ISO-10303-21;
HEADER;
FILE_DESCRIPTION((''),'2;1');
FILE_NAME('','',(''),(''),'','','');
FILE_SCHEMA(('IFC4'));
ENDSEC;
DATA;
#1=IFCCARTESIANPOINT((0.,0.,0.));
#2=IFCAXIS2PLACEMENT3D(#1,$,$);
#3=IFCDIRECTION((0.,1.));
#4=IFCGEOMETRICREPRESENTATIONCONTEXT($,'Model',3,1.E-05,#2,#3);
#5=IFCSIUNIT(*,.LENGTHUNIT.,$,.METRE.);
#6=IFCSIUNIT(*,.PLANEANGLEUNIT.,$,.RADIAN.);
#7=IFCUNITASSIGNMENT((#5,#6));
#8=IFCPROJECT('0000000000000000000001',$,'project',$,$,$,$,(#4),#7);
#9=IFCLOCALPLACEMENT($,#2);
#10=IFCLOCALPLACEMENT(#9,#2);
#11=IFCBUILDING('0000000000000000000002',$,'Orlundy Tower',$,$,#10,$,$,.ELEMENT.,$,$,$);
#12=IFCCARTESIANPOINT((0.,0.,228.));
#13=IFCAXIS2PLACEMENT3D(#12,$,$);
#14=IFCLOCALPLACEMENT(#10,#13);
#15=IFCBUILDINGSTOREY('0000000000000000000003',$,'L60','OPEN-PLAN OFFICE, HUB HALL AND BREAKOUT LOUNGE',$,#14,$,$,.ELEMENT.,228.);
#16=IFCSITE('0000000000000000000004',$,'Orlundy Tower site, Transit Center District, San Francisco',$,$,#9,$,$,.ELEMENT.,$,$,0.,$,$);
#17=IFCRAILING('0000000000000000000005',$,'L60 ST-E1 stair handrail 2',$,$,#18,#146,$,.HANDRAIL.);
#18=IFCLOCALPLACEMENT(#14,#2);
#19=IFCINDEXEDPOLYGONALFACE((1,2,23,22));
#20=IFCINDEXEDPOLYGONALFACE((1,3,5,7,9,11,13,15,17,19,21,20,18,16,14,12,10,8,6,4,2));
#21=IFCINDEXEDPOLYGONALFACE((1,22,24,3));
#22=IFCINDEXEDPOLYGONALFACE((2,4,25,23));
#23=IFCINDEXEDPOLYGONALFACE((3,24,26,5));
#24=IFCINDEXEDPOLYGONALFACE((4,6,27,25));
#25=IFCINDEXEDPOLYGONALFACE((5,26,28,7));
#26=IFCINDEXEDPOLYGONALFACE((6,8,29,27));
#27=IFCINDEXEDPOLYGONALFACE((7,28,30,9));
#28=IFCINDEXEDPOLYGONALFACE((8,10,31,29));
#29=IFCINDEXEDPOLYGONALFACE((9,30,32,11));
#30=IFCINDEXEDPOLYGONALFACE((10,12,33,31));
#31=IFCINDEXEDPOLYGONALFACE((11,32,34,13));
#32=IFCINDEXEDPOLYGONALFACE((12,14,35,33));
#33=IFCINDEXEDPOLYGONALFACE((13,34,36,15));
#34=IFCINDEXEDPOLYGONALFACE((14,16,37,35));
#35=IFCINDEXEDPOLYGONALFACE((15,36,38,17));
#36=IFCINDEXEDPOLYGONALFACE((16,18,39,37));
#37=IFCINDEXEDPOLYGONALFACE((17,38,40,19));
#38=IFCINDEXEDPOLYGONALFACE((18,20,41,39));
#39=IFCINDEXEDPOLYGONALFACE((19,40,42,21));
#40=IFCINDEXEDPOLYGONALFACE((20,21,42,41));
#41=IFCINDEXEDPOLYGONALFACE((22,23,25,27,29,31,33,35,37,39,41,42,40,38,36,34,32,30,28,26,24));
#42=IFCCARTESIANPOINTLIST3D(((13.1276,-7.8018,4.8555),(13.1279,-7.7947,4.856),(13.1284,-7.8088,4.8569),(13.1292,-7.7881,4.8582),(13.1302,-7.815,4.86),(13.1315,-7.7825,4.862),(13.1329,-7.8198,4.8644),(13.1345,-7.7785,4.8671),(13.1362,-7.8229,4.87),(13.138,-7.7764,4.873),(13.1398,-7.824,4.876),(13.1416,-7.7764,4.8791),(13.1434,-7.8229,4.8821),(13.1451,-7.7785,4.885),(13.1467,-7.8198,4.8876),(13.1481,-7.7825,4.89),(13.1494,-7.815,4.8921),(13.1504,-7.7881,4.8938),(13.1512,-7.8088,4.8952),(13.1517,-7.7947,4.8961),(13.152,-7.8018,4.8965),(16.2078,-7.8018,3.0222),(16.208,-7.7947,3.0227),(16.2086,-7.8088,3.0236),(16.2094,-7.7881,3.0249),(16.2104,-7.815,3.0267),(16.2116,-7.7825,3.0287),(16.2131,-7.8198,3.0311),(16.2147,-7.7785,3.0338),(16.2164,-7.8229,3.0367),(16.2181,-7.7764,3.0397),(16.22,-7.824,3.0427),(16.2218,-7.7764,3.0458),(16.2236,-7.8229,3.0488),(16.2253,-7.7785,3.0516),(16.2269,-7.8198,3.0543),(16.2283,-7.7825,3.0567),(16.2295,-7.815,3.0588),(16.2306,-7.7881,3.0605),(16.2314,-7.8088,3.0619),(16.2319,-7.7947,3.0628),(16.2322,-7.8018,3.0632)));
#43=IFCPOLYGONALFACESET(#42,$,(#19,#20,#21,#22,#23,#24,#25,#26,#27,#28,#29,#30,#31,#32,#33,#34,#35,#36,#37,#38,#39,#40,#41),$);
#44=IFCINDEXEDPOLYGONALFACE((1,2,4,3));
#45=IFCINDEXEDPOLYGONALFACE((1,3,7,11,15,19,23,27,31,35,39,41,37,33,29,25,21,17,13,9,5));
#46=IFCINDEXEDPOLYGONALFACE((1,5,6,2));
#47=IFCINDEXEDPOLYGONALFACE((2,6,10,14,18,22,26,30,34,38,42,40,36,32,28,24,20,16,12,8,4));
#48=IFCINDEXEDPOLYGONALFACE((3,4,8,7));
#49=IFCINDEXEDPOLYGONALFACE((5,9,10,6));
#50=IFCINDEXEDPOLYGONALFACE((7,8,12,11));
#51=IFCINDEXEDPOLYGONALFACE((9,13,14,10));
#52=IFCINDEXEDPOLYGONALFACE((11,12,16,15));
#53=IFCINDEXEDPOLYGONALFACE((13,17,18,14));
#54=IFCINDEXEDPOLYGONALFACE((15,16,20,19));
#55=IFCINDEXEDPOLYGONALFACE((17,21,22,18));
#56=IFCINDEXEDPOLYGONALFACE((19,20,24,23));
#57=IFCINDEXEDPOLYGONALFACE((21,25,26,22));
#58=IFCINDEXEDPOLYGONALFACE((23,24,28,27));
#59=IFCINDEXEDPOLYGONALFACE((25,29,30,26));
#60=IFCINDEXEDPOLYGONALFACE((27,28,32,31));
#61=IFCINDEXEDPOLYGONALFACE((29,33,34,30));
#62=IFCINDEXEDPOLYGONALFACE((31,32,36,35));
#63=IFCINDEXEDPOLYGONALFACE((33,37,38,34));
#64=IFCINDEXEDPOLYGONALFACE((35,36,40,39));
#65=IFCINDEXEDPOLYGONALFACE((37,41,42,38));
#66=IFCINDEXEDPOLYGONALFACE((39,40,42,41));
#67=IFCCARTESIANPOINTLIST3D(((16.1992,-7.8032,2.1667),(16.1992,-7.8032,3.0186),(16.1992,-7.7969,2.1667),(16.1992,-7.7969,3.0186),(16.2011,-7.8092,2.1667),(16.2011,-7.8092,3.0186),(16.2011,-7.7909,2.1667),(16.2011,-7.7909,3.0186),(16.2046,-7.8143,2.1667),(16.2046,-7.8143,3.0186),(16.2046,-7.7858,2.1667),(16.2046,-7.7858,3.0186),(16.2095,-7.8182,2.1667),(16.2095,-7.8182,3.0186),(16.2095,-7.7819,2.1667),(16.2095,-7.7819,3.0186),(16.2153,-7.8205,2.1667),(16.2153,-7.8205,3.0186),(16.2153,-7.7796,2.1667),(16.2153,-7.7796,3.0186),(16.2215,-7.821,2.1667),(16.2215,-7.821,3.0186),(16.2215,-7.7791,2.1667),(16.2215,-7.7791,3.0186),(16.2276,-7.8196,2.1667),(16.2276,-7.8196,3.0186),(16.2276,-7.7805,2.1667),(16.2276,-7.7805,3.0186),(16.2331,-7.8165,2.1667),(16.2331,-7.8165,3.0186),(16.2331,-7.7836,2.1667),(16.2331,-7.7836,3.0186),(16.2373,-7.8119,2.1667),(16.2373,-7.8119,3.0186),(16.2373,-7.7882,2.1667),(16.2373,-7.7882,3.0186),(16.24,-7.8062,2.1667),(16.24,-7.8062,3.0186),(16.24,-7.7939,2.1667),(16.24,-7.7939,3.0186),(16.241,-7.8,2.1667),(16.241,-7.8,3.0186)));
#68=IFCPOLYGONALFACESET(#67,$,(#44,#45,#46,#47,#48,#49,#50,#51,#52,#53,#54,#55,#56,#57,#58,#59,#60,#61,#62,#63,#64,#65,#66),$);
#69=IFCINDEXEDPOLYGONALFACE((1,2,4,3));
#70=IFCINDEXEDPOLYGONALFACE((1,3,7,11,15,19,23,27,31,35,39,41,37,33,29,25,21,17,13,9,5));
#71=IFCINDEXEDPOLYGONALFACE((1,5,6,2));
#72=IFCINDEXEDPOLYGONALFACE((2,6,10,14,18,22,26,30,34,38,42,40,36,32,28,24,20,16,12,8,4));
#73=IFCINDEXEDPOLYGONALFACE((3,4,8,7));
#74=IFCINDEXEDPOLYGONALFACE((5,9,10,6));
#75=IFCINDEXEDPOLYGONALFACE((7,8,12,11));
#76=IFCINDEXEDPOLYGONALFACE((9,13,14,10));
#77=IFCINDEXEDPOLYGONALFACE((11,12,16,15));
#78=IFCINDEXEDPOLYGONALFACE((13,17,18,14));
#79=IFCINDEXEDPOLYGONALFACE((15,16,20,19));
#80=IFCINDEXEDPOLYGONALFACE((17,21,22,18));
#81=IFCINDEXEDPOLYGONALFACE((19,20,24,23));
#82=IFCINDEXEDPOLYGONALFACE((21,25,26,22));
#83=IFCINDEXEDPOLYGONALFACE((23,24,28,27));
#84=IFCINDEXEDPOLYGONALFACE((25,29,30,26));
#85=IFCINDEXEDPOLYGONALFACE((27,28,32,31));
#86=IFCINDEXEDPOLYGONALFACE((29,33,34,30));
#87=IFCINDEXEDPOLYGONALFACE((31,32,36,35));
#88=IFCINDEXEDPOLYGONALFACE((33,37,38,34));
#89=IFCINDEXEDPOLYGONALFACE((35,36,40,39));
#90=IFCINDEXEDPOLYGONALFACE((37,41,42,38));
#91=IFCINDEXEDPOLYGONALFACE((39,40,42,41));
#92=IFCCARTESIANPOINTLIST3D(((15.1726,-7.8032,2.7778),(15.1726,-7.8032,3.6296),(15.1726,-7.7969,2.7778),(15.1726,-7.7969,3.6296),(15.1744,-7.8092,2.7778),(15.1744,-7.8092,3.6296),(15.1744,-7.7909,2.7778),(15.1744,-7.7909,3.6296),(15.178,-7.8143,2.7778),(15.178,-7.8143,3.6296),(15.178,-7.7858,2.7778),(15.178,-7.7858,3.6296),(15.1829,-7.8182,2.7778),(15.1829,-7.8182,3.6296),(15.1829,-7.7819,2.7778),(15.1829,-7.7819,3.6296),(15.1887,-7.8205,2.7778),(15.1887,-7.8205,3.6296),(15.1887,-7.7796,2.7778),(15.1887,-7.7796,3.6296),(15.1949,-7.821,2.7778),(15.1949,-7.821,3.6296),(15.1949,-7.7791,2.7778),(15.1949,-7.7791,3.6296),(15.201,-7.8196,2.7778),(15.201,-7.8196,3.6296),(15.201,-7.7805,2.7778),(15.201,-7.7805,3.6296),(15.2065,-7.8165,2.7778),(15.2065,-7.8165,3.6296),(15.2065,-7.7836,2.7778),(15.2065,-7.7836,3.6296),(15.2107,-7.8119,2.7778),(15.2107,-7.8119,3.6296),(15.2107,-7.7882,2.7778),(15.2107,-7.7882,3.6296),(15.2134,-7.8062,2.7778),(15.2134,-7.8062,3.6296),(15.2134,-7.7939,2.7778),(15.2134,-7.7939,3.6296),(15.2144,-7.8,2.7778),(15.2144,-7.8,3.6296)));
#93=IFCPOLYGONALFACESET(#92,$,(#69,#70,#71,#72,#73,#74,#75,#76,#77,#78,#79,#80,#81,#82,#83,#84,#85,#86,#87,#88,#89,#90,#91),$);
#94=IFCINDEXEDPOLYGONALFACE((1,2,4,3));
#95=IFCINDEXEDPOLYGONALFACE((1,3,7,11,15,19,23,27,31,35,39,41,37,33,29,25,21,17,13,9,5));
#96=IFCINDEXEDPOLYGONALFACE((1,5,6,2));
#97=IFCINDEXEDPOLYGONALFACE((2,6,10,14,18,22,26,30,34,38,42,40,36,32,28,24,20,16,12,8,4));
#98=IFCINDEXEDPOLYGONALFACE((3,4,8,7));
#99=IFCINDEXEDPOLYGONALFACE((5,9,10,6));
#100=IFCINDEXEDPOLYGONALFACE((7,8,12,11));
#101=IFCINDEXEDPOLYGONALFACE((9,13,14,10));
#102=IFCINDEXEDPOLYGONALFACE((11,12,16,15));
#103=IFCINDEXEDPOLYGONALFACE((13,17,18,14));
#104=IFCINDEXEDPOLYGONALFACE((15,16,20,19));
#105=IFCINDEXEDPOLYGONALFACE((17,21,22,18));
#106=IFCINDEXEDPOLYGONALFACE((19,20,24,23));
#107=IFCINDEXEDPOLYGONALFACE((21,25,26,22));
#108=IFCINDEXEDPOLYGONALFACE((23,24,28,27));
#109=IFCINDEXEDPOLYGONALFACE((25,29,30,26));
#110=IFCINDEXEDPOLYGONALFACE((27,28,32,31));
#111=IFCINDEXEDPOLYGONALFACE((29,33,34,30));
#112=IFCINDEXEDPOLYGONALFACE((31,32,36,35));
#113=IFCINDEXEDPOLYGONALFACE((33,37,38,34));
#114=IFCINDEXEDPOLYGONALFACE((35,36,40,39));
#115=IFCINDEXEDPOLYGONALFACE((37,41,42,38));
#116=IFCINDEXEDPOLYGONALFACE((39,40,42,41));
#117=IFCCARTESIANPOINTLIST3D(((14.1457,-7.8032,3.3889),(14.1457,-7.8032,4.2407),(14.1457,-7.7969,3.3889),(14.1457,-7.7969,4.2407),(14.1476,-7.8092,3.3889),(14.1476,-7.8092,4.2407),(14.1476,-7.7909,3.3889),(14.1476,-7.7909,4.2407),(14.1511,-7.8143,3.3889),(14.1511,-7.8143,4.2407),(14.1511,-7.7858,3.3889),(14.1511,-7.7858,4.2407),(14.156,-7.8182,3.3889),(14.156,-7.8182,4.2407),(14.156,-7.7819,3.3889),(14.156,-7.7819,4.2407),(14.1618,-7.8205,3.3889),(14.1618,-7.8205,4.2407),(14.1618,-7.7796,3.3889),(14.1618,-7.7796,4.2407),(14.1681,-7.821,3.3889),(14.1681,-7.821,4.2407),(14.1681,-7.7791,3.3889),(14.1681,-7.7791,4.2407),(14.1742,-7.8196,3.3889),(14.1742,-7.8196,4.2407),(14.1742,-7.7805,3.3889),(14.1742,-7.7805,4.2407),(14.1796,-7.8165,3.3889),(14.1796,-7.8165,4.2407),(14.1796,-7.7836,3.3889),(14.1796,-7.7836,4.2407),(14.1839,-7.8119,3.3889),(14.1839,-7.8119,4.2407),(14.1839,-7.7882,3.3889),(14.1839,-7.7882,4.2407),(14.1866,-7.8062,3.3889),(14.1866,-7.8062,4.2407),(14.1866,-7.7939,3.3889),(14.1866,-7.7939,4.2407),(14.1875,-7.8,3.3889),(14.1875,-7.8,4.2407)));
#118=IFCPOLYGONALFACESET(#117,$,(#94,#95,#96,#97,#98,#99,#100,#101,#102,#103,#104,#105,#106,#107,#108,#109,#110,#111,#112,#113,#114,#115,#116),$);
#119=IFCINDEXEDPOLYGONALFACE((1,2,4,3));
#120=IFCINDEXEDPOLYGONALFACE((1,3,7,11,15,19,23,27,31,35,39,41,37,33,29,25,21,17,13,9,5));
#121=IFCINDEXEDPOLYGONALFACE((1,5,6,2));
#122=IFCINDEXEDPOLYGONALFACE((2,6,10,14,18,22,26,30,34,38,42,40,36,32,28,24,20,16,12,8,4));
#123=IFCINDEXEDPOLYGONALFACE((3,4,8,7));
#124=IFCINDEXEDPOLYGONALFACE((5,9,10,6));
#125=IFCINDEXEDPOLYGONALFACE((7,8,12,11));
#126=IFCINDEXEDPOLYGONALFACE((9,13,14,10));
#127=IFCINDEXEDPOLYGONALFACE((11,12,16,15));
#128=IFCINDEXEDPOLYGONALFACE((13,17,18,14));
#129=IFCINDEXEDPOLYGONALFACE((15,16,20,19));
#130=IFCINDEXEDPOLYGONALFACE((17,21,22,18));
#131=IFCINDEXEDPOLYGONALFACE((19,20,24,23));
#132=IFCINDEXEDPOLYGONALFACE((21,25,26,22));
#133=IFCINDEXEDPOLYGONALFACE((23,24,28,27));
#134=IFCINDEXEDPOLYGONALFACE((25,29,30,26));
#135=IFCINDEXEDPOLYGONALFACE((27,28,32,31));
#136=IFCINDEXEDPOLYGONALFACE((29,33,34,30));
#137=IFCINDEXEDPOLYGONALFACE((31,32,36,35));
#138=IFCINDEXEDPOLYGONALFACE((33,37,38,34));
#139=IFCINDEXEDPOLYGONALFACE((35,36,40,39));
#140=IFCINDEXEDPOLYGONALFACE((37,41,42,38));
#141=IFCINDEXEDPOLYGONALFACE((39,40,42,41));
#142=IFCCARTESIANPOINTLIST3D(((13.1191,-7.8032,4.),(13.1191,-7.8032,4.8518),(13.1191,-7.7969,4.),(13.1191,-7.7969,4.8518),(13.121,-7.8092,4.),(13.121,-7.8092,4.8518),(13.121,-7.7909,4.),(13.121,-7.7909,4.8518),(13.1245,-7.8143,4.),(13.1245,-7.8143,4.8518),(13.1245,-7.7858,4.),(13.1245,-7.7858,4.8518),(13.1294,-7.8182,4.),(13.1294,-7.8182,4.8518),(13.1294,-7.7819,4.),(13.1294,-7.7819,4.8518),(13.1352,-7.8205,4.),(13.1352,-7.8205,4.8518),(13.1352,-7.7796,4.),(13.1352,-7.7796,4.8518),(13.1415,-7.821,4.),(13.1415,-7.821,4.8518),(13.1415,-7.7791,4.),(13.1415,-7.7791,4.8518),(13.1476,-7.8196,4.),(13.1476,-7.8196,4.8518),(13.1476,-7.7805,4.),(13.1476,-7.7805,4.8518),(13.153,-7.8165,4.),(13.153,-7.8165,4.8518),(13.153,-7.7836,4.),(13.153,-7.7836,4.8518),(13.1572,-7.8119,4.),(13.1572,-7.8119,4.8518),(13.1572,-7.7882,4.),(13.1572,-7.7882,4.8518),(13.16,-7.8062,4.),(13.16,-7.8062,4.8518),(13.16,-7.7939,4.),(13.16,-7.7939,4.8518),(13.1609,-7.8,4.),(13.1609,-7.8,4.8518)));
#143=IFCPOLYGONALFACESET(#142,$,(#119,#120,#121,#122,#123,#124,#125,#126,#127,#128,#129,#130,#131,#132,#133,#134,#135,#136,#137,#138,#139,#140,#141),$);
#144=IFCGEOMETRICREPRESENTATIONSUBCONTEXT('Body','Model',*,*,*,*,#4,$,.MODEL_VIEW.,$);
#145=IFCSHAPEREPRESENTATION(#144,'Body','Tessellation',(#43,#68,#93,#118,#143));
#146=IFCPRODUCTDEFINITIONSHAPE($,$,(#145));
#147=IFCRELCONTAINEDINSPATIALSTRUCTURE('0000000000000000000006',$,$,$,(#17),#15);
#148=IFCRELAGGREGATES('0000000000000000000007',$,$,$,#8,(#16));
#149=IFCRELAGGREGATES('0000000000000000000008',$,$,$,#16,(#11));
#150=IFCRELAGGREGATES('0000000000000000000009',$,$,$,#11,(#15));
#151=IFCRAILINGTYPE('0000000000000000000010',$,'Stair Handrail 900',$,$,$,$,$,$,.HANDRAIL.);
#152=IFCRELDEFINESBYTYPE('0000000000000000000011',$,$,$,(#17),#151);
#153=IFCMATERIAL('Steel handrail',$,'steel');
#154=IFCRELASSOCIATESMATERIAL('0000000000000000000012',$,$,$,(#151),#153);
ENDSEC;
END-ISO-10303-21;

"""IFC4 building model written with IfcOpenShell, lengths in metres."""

from ifc_helpers import new_model, si_unit, direction, frame, origin, origin_2d, place, context, subcontext, project, spatial, circle, extrude, material, type_object, element, save


model = new_model("IFC4")

# Units and contexts
model_context = context("Model", 3, precision=1e-05, world=origin(), true_north=direction((0.0, 1.0)))
body_context = subcontext(model_context, "Body", "Model", "MODEL_VIEW")
ifc_project = project(units=[si_unit("LENGTHUNIT", "METRE"), si_unit("PLANEANGLEUNIT", "RADIAN")], contexts=[model_context])

# Site, building, storey
site_placement = place(None, origin())
site = spatial("IfcSite", under=ifc_project, at=site_placement, Name="Orlundy Tower site, Transit Center District, San Francisco", CompositionType="ELEMENT", RefElevation=0.0)
building_placement = place(site_placement, origin())
building = spatial("IfcBuilding", under=site, at=building_placement, Name="Orlundy Tower", CompositionType="ELEMENT")
storey_placement = place(building_placement, frame((0.0, 0.0, 228.0)))
storey = spatial("IfcBuildingStorey", under=building, at=storey_placement, Name="L60", Description="OPEN-PLAN OFFICE, HUB HALL AND BREAKOUT LOUNGE", CompositionType="ELEMENT", Elevation=228.0)

# Railing
ifc_material_1 = material(Name="Steel handrail", Category="steel")
railing_type_1 = type_object("IfcRailingType", Name="Stair Handrail 900", PredefinedType="HANDRAIL", material=ifc_material_1)
railing_1_placement = place(storey_placement, frame((16.22, -7.8, 2.1667)))
element("IfcRailing", 1, at=railing_1_placement, inside=storey, type_object=railing_type_1, Name="L60 ST-E1 stair handrail 2", PredefinedType="HANDRAIL", context=body_context, shape_type="SweptSolid", body=[
    extrude(circle(Radius=0.0239, at=origin_2d()), frame((0.0, 0.0, 0.876), z_axis=(-0.859309, 0.0, 0.511458), x_axis=(0.0, -1.0, 0.0)), (0.0, 0.0, 1.0), 3.5845),
    extrude(circle(Radius=0.021, at=origin_2d()), origin(), (0.0, 0.0, 1.0), 0.8518),
    extrude(circle(Radius=0.021, at=origin_2d()), frame((-1.0266, 0.0, 0.6111)), (0.0, 0.0, 1.0), 0.8518),
    extrude(circle(Radius=0.021, at=origin_2d()), frame((-2.0535, 0.0, 1.2222)), (0.0, 0.0, 1.0), 0.8518),
    extrude(circle(Radius=0.021, at=origin_2d()), frame((-3.0801, 0.0, 1.8333)), (0.0, 0.0, 1.0), 0.8518),
])

save(model, "model.ifc")
